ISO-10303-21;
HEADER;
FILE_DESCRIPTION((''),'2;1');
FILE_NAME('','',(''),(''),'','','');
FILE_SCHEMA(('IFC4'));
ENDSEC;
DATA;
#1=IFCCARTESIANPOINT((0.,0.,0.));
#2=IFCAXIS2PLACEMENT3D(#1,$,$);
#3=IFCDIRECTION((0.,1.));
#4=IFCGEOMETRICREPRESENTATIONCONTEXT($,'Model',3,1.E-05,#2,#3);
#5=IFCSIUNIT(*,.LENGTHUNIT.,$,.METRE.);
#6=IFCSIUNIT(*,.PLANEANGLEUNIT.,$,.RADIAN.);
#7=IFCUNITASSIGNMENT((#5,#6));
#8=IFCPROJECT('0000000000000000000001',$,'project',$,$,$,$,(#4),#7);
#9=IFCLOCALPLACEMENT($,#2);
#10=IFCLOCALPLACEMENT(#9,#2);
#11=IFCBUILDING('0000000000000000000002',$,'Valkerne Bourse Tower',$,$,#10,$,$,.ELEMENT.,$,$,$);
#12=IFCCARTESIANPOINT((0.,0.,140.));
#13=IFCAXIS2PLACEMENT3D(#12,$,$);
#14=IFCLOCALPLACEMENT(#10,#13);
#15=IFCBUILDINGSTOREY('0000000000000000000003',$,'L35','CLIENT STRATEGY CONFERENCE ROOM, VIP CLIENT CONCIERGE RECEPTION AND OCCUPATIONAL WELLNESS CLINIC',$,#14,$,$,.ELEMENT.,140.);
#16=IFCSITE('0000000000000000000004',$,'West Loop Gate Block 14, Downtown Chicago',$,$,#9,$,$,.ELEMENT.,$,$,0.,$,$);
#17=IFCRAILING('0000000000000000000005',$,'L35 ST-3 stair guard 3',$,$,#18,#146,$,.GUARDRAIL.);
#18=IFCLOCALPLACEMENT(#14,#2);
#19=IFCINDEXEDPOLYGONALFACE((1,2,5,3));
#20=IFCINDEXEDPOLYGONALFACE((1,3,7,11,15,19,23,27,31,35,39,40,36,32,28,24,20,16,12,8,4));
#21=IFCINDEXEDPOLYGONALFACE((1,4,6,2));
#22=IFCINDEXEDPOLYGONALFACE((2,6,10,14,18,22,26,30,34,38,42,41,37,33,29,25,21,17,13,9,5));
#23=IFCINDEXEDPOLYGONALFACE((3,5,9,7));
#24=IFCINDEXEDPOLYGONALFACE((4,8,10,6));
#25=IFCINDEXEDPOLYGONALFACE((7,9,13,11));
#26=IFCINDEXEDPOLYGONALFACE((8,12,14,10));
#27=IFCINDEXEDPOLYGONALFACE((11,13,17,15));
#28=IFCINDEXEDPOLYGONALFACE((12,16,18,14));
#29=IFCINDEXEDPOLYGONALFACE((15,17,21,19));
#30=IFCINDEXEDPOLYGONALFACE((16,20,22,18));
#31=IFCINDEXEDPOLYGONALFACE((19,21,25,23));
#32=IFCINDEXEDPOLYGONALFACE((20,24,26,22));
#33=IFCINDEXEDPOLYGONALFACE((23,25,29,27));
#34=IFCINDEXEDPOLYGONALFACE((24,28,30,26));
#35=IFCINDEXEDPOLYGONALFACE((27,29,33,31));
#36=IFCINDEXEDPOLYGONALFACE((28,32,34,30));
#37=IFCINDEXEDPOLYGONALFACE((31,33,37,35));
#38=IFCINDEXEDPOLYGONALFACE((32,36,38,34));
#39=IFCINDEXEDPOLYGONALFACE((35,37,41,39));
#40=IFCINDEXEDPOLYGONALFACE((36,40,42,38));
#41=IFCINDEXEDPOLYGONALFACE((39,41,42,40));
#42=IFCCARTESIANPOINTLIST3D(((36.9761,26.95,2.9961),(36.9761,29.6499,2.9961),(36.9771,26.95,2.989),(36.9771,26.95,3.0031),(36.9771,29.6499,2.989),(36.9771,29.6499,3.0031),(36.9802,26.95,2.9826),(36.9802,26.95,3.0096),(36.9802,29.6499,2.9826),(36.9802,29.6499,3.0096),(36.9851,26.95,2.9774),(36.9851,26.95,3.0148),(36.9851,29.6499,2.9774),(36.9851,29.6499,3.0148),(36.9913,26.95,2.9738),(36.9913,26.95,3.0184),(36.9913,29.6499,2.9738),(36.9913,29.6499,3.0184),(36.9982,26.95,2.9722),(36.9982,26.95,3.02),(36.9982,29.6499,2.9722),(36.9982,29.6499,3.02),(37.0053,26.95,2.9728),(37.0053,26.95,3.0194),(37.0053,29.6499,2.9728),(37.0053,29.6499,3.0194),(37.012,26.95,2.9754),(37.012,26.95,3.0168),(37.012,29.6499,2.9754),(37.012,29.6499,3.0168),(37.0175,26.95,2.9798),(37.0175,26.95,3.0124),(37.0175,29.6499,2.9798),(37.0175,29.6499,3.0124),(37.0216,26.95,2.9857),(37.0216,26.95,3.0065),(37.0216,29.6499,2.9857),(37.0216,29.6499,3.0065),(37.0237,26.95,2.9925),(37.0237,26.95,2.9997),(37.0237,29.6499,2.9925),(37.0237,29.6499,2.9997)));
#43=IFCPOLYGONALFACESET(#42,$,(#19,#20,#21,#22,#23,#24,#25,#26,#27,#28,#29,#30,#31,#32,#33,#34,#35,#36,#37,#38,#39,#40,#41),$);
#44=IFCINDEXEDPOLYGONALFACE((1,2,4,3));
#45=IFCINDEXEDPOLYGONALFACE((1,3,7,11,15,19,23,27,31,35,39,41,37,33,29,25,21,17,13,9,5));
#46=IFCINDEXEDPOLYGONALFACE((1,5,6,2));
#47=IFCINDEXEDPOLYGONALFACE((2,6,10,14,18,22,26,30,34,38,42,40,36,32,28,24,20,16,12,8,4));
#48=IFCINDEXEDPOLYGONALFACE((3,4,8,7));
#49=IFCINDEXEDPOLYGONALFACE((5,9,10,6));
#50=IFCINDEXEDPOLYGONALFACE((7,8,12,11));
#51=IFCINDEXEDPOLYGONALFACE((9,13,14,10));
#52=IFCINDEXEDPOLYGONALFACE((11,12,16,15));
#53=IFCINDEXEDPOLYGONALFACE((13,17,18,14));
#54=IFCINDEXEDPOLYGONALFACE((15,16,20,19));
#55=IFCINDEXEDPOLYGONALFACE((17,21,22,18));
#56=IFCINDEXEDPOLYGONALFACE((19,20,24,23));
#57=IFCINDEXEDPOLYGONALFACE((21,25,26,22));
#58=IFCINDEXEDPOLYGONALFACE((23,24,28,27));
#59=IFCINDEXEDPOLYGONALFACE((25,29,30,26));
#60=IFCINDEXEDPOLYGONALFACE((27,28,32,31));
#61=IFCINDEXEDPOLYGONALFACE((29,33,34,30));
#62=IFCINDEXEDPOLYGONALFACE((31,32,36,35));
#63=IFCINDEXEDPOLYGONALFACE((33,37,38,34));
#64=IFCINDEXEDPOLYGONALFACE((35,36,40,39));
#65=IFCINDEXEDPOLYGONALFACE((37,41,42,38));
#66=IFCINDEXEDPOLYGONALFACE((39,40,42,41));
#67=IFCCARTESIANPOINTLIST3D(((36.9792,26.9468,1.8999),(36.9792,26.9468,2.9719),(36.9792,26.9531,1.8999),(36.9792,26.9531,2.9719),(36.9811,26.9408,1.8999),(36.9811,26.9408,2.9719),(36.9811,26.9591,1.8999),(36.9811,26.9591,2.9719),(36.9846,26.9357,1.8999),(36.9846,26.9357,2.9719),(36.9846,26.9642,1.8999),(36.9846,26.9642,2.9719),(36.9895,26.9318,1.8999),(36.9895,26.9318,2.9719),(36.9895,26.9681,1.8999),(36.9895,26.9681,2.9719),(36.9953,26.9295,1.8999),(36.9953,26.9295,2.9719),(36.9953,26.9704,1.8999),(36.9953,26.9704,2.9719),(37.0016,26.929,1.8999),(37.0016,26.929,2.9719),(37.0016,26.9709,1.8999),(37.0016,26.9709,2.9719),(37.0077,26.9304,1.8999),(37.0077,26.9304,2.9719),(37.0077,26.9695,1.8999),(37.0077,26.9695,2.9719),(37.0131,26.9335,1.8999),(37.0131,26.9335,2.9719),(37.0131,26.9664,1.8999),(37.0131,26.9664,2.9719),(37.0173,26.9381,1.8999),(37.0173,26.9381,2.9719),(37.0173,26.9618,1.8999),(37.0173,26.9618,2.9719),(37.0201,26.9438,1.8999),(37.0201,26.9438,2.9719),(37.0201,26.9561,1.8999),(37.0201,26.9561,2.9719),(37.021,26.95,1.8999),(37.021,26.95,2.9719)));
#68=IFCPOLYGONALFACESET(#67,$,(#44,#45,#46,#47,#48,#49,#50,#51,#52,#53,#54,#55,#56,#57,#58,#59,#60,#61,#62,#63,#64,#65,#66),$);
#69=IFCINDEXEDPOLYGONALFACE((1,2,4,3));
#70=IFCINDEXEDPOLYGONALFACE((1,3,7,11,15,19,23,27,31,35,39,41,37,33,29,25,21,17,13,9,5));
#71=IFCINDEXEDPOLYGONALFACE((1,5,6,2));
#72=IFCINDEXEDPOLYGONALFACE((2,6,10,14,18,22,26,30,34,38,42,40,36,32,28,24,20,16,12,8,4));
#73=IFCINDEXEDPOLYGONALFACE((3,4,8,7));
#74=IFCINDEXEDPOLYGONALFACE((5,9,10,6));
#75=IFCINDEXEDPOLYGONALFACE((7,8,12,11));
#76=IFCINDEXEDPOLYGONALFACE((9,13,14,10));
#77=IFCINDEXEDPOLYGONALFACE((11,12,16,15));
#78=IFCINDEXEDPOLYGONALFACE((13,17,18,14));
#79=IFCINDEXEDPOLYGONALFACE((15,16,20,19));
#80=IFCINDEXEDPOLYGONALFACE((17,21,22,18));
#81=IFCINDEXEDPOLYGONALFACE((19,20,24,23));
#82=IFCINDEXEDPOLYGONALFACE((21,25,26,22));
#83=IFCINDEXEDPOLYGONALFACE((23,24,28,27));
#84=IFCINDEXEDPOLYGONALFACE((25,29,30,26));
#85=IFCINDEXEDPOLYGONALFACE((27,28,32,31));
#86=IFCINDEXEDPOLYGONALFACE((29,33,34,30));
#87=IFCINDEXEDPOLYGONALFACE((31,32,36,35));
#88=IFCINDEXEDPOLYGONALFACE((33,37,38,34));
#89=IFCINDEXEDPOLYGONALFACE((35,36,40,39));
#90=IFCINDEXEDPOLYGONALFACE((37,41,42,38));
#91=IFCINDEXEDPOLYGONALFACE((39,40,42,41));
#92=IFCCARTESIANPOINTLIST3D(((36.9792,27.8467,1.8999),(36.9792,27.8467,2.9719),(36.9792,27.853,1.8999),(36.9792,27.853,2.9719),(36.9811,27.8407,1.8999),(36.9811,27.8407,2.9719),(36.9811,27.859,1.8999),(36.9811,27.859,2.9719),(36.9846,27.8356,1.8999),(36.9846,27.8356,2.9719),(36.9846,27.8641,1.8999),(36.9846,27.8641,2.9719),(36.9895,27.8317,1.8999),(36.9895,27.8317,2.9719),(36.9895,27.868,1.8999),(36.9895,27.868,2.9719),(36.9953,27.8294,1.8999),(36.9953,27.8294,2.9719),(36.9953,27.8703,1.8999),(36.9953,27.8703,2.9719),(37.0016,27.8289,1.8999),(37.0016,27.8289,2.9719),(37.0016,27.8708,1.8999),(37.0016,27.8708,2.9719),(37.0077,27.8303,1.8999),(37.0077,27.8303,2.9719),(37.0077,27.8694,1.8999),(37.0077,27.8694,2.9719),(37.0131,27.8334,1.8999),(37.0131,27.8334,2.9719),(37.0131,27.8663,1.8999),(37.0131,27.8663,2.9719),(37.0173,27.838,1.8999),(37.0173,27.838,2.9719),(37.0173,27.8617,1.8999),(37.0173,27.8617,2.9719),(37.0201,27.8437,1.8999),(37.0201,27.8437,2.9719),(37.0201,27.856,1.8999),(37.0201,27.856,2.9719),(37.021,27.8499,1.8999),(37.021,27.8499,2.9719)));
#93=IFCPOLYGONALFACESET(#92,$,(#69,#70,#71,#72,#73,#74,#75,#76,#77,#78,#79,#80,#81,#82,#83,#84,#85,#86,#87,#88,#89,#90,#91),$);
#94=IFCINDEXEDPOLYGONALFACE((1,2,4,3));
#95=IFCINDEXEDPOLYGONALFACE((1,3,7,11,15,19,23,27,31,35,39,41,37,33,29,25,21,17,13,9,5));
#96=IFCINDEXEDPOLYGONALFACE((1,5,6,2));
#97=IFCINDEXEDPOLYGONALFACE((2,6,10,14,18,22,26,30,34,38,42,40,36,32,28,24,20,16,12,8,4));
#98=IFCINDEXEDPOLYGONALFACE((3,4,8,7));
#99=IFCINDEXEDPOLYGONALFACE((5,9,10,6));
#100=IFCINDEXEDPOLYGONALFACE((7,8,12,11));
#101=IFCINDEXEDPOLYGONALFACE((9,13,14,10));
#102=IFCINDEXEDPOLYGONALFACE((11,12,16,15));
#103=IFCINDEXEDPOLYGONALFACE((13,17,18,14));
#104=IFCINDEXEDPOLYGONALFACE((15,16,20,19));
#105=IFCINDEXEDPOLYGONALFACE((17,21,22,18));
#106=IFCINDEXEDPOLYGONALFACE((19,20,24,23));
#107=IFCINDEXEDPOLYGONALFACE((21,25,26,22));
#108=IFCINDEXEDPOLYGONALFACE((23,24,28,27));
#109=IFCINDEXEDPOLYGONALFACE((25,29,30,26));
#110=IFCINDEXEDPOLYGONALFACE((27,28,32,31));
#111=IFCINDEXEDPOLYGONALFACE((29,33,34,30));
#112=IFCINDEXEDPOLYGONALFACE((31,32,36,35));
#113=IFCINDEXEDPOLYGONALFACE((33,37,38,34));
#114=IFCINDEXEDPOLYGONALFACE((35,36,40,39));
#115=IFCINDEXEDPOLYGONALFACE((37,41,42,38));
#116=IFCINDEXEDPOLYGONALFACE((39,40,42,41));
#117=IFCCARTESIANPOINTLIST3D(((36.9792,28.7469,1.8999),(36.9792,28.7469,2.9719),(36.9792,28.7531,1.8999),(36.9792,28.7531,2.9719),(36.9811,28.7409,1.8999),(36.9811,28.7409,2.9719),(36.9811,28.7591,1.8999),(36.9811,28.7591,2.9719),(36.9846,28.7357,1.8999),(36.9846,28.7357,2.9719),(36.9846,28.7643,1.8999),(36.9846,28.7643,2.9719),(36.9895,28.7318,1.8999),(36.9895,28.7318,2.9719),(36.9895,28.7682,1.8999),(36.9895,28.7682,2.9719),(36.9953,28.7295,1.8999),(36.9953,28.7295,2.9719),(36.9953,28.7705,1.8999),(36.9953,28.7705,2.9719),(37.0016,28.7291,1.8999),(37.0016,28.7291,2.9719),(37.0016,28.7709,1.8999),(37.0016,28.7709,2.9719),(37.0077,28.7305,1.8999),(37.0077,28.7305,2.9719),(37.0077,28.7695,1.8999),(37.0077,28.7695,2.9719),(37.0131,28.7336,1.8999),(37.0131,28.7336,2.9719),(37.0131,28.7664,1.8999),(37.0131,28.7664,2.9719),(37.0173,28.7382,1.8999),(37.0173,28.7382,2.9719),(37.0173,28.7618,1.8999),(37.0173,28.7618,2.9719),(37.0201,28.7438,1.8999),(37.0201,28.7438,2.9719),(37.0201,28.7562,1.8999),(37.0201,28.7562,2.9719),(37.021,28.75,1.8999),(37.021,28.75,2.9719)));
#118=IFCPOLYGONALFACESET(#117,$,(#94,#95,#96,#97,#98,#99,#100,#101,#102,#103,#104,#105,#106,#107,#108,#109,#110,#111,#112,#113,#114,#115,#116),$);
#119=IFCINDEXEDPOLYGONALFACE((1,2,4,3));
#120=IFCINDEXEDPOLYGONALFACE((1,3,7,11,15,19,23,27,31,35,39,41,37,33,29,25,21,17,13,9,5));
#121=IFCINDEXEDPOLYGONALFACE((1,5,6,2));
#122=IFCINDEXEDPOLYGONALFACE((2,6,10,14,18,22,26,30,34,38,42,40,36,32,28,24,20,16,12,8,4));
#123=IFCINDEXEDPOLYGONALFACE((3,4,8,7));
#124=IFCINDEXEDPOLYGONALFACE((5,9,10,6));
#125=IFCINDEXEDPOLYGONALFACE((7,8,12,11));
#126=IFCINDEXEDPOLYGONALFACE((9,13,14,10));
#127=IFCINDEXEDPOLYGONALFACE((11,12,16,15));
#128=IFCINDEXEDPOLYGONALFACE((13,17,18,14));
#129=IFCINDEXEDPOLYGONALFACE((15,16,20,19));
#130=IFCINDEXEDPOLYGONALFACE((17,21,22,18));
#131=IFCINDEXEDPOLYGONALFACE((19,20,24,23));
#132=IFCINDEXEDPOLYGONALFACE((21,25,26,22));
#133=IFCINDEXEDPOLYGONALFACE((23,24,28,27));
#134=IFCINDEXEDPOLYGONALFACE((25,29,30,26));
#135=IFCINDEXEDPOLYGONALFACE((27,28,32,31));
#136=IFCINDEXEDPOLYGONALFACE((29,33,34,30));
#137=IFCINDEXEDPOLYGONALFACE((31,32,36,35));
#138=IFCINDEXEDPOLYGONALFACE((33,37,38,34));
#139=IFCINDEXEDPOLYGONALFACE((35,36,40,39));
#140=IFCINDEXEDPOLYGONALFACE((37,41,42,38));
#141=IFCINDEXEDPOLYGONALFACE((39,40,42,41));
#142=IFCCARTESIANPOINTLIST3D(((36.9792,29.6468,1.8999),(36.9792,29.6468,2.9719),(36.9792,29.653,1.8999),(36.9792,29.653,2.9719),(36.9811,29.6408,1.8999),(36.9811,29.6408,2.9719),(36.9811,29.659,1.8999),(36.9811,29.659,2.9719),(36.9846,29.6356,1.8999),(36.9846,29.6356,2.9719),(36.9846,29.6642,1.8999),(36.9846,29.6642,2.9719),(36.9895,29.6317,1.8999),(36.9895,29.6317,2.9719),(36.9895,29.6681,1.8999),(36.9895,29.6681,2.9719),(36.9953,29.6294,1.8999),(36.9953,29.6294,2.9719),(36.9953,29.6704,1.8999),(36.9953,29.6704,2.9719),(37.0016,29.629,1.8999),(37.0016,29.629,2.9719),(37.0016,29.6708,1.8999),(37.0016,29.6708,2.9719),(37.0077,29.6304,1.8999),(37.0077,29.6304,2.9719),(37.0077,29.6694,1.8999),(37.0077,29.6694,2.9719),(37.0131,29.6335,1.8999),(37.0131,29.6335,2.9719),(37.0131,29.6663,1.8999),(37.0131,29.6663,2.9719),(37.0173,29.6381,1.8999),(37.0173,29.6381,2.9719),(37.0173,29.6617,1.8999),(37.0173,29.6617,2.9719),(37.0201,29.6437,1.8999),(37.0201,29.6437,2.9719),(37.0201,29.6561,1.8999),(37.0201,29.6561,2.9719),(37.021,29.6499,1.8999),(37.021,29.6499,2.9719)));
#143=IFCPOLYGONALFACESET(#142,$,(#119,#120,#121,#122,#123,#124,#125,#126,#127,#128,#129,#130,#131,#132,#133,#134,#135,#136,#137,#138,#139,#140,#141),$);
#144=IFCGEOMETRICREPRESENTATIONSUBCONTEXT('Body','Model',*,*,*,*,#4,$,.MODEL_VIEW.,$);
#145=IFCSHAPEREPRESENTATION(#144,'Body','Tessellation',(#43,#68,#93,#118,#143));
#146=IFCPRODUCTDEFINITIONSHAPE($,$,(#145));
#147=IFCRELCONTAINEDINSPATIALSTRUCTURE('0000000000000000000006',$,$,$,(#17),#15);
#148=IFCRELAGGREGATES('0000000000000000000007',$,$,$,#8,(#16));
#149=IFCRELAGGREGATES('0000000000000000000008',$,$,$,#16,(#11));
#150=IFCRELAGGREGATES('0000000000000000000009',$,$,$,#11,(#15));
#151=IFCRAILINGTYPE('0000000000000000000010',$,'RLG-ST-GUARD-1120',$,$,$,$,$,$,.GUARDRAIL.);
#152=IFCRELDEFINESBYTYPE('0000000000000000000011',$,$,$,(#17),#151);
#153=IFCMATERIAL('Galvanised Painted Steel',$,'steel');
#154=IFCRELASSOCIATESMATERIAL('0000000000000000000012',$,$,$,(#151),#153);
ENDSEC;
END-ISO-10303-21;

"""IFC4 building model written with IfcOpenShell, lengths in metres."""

from ifc_helpers import new_model, si_unit, direction, frame, origin, origin_2d, place, context, subcontext, project, spatial, circle, extrude, material, type_object, element, save


model = new_model("IFC4")

# Units and contexts
model_context = context("Model", 3, precision=1e-05, world=origin(), true_north=direction((0.0, 1.0)))
body_context = subcontext(model_context, "Body", "Model", "MODEL_VIEW")
ifc_project = project(units=[si_unit("LENGTHUNIT", "METRE"), si_unit("PLANEANGLEUNIT", "RADIAN")], contexts=[model_context])

# Site, building, storey
site_placement = place(None, origin())
site = spatial("IfcSite", under=ifc_project, at=site_placement, Name="West Loop Gate Block 14, Downtown Chicago", CompositionType="ELEMENT", RefElevation=0.0)
building_placement = place(site_placement, origin())
building = spatial("IfcBuilding", under=site, at=building_placement, Name="Valkerne Bourse Tower", CompositionType="ELEMENT")
storey_placement = place(building_placement, frame((0.0, 0.0, 140.0)))
storey = spatial("IfcBuildingStorey", under=building, at=storey_placement, Name="L35", Description="CLIENT STRATEGY CONFERENCE ROOM, VIP CLIENT CONCIERGE RECEPTION AND OCCUPATIONAL WELLNESS CLINIC", CompositionType="ELEMENT", Elevation=140.0)

# Railing
ifc_material_1 = material(Name="Galvanised Painted Steel", Category="steel")
railing_type_1 = type_object("IfcRailingType", Name="RLG-ST-GUARD-1120", PredefinedType="GUARDRAIL", material=ifc_material_1)
railing_1_placement = place(storey_placement, frame((37.0, 26.95, 1.8999)))
element("IfcRailing", 1, at=railing_1_placement, inside=storey, type_object=railing_type_1, Name="L35 ST-3 stair guard 3", PredefinedType="GUARDRAIL", context=body_context, shape_type="SweptSolid", body=[
    extrude(circle(Radius=0.0239, at=origin_2d()), frame((0.0, 0.0, 1.0962), z_axis=(0.0, 1.0, 0.0), x_axis=(-1.0, 0.0, 0.0)), (0.0, 0.0, 1.0), 2.7),
    extrude(circle(Radius=0.021, at=origin_2d()), origin(), (0.0, 0.0, 1.0), 1.072),
    extrude(circle(Radius=0.021, at=origin_2d()), frame((0.0, 0.8999, 0.0)), (0.0, 0.0, 1.0), 1.072),
    extrude(circle(Radius=0.021, at=origin_2d()), frame((0.0, 1.8, 0.0)), (0.0, 0.0, 1.0), 1.072),
    extrude(circle(Radius=0.021, at=origin_2d()), frame((0.0, 2.7, 0.0)), (0.0, 0.0, 1.0), 1.072),
])

save(model, "model.ifc")
